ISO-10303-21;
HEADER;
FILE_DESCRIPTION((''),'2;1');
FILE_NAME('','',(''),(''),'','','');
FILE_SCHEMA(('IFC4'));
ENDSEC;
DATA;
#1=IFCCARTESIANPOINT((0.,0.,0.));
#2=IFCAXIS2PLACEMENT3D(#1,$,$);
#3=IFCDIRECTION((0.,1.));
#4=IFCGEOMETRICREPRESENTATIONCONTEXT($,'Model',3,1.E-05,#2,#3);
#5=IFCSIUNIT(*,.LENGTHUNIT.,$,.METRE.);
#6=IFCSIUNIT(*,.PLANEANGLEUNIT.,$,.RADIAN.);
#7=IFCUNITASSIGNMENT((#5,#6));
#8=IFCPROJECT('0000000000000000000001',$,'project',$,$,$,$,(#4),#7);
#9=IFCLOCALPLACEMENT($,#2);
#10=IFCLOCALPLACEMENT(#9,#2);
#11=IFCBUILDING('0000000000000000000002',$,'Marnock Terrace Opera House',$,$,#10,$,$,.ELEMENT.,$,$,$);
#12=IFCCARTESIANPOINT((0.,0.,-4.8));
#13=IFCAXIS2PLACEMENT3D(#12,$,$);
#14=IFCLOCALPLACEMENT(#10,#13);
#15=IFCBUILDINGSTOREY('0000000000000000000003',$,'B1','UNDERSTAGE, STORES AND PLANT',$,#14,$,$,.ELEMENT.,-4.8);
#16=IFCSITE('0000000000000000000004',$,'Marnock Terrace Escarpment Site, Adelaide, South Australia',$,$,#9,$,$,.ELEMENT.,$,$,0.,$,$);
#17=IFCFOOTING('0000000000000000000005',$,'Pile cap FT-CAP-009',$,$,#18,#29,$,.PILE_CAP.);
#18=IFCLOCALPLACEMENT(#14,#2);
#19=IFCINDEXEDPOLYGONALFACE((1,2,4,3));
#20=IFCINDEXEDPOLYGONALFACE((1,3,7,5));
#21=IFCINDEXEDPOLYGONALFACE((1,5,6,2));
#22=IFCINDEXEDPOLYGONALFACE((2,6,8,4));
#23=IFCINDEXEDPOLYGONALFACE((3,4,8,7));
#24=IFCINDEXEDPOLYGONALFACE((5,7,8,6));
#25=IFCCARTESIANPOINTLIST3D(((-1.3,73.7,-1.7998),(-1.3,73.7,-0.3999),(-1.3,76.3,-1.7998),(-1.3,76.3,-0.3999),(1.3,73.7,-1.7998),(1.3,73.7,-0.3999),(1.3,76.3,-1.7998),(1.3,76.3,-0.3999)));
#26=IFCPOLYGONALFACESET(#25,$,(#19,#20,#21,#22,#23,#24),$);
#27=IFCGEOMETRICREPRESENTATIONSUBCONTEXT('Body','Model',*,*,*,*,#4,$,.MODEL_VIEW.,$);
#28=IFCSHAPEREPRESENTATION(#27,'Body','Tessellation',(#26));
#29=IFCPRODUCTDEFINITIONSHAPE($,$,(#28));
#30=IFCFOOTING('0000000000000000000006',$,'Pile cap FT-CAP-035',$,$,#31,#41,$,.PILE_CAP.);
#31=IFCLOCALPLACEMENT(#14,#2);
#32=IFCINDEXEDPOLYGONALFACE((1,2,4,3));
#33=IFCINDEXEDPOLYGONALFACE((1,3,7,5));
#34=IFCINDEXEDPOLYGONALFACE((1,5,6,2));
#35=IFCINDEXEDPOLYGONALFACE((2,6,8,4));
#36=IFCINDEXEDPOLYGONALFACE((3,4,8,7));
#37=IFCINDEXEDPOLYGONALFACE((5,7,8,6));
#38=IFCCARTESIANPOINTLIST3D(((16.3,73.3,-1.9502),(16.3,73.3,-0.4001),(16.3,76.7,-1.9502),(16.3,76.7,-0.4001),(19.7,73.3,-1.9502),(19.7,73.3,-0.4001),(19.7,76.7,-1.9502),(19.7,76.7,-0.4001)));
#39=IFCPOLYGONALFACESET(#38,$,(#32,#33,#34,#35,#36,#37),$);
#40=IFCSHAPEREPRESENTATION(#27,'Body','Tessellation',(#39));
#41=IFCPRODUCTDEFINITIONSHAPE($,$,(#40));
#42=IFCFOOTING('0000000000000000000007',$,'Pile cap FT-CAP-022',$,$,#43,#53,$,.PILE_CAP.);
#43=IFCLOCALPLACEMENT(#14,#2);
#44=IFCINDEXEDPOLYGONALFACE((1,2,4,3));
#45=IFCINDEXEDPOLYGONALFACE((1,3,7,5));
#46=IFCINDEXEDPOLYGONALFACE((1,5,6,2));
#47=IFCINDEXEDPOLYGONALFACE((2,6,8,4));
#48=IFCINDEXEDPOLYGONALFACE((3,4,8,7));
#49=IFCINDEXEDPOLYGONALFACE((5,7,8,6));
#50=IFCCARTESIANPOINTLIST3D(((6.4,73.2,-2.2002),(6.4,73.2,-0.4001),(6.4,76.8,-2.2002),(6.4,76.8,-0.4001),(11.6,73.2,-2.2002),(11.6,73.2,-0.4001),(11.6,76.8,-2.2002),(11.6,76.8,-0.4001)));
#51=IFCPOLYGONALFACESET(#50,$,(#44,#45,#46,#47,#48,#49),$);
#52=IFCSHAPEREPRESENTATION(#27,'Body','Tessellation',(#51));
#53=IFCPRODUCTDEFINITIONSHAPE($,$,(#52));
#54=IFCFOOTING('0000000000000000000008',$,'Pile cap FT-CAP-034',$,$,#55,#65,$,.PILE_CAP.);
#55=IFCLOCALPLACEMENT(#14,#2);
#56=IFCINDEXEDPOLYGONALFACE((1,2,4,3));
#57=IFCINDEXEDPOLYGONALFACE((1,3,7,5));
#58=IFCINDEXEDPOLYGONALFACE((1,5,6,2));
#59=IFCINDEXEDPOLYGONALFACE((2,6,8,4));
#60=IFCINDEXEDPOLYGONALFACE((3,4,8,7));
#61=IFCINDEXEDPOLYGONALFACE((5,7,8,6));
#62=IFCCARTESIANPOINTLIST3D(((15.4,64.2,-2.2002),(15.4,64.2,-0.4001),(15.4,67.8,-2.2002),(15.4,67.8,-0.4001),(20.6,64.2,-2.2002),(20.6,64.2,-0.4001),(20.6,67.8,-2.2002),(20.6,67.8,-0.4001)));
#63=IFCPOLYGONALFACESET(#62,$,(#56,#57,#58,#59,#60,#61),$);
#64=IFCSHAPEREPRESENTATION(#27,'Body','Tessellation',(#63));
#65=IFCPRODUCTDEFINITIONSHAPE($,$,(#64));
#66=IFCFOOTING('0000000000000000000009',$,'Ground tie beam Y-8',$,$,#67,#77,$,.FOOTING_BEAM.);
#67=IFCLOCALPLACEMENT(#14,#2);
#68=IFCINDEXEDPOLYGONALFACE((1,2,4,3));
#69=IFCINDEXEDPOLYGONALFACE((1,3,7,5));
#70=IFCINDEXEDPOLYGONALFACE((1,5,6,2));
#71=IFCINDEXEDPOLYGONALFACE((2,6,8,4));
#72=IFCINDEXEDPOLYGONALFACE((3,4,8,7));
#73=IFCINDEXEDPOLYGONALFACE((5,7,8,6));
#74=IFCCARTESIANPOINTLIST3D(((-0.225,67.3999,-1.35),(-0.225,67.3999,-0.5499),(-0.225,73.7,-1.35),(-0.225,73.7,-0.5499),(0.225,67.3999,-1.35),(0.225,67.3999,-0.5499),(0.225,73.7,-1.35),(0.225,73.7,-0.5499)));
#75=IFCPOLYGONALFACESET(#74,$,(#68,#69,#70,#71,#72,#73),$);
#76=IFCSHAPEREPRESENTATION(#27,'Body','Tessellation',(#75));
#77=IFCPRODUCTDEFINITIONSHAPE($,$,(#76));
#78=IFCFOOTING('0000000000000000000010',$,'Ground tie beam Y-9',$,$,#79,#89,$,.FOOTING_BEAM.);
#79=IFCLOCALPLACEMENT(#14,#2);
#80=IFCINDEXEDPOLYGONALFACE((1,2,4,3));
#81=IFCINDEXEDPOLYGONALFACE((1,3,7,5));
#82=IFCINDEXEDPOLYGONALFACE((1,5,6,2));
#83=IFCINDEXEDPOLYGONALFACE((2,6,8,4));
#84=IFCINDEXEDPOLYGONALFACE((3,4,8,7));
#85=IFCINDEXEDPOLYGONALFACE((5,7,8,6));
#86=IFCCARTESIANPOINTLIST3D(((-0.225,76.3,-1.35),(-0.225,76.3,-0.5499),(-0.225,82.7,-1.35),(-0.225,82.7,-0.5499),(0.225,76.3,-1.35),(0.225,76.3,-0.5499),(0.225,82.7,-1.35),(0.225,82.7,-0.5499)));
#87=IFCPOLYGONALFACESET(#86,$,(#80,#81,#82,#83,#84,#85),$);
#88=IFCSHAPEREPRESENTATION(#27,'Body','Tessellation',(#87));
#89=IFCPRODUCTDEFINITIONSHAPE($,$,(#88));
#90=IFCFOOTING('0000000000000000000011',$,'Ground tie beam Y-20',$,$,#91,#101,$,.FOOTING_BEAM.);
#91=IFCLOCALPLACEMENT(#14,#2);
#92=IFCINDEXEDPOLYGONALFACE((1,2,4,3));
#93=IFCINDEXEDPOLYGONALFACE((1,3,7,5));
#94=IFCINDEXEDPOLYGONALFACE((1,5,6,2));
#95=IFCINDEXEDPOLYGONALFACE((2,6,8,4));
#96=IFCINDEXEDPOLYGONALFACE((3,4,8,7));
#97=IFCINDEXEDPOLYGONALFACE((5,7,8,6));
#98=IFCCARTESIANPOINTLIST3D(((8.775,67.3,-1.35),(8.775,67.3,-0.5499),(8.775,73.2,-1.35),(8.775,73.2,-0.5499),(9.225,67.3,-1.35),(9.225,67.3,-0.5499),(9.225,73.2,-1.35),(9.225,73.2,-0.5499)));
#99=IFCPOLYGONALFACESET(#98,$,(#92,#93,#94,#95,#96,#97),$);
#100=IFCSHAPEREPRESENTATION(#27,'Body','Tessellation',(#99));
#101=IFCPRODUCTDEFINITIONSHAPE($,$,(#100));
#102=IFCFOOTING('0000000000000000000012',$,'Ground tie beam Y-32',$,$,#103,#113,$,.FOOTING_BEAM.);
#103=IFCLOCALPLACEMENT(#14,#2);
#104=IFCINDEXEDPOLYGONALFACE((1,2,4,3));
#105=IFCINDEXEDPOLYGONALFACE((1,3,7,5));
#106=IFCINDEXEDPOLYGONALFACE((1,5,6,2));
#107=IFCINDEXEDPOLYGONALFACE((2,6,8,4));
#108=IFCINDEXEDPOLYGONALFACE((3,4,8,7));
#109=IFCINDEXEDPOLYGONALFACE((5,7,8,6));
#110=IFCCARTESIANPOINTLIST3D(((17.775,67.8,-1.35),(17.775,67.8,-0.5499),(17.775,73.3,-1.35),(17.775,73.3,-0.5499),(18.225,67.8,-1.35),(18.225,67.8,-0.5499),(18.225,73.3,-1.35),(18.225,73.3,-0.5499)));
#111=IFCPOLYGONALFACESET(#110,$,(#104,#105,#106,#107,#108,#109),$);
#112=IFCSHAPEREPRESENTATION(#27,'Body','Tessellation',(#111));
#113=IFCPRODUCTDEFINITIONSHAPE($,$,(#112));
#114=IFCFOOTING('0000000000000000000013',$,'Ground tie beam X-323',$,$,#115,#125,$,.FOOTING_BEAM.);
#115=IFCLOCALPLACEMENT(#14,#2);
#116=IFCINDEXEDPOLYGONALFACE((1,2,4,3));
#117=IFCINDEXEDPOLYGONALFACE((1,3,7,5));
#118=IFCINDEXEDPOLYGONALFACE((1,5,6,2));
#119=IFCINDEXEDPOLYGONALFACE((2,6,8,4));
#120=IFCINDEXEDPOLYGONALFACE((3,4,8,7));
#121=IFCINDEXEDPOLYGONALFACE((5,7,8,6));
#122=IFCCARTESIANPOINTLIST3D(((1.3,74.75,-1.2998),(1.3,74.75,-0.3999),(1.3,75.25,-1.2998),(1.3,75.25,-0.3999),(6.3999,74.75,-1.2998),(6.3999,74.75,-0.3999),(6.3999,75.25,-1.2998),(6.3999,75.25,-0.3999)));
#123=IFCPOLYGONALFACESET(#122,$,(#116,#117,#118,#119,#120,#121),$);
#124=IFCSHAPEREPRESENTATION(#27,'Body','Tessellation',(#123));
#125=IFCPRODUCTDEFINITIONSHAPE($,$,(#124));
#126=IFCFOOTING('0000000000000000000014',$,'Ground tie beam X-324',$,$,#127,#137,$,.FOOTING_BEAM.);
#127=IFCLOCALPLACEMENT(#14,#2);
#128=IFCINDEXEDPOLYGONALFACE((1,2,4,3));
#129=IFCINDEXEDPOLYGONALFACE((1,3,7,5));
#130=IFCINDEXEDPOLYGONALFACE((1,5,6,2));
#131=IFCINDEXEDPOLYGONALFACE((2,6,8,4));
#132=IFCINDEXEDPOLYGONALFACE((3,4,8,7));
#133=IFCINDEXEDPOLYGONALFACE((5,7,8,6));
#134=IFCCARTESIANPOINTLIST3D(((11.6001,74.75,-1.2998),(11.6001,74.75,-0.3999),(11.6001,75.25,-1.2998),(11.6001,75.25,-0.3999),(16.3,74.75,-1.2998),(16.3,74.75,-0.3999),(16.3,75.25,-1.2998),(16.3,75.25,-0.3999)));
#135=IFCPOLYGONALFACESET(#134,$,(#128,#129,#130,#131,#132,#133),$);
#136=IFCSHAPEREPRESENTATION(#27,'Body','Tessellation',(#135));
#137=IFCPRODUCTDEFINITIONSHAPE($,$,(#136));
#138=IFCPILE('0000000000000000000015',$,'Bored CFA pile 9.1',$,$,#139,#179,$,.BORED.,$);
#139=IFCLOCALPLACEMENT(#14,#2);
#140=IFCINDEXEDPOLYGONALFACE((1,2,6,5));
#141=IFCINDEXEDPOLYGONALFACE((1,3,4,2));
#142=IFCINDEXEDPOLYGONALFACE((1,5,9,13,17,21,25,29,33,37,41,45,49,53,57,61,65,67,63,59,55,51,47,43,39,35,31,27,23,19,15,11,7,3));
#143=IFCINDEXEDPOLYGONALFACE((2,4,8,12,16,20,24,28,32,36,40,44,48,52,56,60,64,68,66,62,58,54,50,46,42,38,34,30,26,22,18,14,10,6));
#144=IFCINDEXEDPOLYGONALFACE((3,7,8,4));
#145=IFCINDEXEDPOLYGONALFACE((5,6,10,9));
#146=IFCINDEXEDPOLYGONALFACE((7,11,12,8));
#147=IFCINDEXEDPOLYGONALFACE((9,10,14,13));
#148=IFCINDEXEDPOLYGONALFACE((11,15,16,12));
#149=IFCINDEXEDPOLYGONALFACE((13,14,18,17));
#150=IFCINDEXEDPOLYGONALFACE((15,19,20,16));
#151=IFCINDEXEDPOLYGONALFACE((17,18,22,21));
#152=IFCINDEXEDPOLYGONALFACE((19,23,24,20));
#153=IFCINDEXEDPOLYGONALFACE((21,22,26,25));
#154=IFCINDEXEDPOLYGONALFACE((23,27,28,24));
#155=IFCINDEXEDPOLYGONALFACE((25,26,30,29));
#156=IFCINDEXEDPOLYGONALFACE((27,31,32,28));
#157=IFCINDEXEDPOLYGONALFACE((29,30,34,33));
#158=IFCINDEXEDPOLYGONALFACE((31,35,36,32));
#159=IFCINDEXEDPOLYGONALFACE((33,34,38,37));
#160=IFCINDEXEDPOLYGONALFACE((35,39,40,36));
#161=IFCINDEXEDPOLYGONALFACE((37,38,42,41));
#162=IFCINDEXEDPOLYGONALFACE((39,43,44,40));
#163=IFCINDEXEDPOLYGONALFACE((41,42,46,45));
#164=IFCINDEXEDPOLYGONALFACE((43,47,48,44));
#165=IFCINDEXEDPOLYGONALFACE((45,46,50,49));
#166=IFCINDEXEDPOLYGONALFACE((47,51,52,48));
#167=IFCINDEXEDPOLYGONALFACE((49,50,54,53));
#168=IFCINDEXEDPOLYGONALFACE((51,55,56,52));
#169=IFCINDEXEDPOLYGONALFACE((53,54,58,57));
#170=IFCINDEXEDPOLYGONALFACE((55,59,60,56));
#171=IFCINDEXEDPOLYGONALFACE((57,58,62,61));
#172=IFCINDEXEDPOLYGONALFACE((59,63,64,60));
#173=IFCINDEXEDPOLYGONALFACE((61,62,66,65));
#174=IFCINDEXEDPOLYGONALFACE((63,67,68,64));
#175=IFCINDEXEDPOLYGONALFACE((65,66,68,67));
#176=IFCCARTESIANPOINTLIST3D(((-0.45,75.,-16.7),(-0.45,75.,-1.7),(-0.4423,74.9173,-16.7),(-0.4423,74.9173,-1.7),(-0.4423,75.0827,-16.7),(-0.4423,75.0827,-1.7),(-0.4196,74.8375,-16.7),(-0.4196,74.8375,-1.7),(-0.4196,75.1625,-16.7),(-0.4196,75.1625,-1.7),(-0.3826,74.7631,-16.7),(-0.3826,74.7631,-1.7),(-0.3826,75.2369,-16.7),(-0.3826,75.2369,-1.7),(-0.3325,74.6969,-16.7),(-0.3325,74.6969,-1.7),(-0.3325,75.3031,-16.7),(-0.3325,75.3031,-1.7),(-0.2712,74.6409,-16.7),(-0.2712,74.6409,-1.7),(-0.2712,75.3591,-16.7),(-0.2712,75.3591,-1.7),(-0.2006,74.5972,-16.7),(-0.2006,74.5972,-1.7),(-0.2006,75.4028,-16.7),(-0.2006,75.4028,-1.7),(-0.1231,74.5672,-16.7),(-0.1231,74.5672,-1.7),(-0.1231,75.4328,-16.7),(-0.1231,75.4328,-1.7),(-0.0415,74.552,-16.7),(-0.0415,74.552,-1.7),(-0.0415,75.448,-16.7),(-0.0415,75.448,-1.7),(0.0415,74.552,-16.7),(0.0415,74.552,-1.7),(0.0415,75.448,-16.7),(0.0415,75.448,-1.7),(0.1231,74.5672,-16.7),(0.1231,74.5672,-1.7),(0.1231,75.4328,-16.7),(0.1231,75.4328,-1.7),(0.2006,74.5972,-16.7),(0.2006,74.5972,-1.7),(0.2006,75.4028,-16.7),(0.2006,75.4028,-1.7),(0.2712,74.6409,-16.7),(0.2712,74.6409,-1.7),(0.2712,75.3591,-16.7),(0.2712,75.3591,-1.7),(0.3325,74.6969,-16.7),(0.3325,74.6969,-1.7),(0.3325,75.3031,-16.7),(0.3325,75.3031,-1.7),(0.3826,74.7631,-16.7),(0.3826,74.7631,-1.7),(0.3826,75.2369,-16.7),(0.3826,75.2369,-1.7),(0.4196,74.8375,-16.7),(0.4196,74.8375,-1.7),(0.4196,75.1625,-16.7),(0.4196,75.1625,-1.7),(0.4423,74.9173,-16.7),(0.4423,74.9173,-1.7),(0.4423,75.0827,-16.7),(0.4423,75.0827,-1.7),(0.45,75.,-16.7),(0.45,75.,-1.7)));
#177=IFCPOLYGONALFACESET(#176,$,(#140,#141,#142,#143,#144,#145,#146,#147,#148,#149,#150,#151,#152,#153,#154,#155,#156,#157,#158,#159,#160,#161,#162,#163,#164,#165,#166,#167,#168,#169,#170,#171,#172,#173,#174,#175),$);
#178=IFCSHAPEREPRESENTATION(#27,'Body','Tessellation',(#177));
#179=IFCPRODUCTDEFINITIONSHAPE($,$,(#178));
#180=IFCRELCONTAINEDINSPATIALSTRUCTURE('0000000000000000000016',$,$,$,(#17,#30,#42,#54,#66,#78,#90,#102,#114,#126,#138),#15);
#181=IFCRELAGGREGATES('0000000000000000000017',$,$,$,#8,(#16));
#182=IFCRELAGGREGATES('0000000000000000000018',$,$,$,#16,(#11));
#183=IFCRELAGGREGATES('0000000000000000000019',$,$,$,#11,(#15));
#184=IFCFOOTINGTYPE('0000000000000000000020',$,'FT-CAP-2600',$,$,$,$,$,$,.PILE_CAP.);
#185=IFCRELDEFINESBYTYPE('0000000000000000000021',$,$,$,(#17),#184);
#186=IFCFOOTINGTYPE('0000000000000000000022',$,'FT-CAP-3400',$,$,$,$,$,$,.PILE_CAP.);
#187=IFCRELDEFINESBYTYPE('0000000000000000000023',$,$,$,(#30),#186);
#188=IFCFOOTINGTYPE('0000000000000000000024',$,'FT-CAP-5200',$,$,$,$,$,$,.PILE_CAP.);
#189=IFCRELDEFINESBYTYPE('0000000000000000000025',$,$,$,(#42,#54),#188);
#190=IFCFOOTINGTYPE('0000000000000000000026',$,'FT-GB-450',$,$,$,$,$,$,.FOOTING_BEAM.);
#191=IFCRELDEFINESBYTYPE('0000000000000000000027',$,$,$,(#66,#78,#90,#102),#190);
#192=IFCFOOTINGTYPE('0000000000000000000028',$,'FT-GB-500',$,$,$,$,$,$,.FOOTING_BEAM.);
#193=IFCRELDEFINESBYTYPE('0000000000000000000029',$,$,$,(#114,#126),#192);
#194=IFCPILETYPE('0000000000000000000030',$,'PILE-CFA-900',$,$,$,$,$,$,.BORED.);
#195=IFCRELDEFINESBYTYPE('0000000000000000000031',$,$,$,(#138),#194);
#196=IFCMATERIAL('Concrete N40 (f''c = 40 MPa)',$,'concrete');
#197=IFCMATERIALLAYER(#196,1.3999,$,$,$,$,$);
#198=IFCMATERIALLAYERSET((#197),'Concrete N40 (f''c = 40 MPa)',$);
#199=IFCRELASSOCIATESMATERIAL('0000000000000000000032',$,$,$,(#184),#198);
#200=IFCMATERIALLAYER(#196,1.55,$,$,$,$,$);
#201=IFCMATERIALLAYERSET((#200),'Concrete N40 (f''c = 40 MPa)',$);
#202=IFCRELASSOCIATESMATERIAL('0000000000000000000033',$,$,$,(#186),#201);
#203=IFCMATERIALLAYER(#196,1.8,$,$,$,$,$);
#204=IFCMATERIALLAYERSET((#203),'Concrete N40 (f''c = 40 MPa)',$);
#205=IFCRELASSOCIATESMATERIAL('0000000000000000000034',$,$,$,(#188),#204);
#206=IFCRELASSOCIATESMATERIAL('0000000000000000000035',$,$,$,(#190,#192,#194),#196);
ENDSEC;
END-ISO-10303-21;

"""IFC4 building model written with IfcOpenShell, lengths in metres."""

from ifc_helpers import new_model, si_unit, direction, frame, origin, origin_2d, place, context, subcontext, project, spatial, rectangle, circle, extrude, material, layer, layer_set, material_profile, profile_set, type_object, element, save


model = new_model("IFC4")

# Units and contexts
model_context = context("Model", 3, precision=1e-05, world=origin(), true_north=direction((0.0, 1.0)))
body_context = subcontext(model_context, "Body", "Model", "MODEL_VIEW")
ifc_project = project(units=[si_unit("LENGTHUNIT", "METRE"), si_unit("PLANEANGLEUNIT", "RADIAN")], contexts=[model_context])

# Site, building, storey
site_placement = place(None, origin())
site = spatial("IfcSite", under=ifc_project, at=site_placement, Name="Marnock Terrace Escarpment Site, Adelaide, South Australia", CompositionType="ELEMENT", RefElevation=0.0)
building_placement = place(site_placement, origin())
building = spatial("IfcBuilding", under=site, at=building_placement, Name="Marnock Terrace Opera House", CompositionType="ELEMENT")
storey_placement = place(building_placement, frame((0.0, 0.0, -4.8)))
storey = spatial("IfcBuildingStorey", under=building, at=storey_placement, Name="B1", Description="UNDERSTAGE, STORES AND PLANT", CompositionType="ELEMENT", Elevation=-4.8)

# Footings
ifc_material_1 = material(Name="Concrete N40 (f'c = 40 MPa)", Category="concrete")
ifc_layer_1 = layer(ifc_material_1, 1.3999)
ifc_layer_set_1 = layer_set([ifc_layer_1], Name="Concrete N40 (f'c = 40 MPa)")
footing_type_1 = type_object("IfcFootingType", Name="FT-CAP-2600", PredefinedType="PILE_CAP", material=ifc_layer_set_1)
footing_1_placement = place(storey_placement, frame((0.0, 75.0, -1.7998), z_axis=(0.0, 0.0, 1.0), x_axis=(1.0, 0.0, 0.0)))
element("IfcFooting", 1, at=footing_1_placement, inside=storey, type_object=footing_type_1, Name="Pile cap FT-CAP-009", PredefinedType="PILE_CAP", context=body_context, shape_type="SweptSolid", body=[
    extrude(rectangle(XDim=2.6001, YDim=2.6001, at=origin_2d()), origin(), (0.0, 0.0, 1.0), 1.3999),
])
ifc_layer_2 = layer(ifc_material_1, 1.55)
ifc_layer_set_2 = layer_set([ifc_layer_2], Name="Concrete N40 (f'c = 40 MPa)")
footing_type_2 = type_object("IfcFootingType", Name="FT-CAP-3400", PredefinedType="PILE_CAP", material=ifc_layer_set_2)
footing_2_placement = place(storey_placement, frame((18.0, 75.0, -1.9502), z_axis=(0.0, 0.0, 1.0), x_axis=(1.0, 0.0, 0.0)))
element("IfcFooting", 2, at=footing_2_placement, inside=storey, type_object=footing_type_2, Name="Pile cap FT-CAP-035", PredefinedType="PILE_CAP", context=body_context, shape_type="SweptSolid", body=[
    extrude(rectangle(XDim=3.3999, YDim=3.3999, at=origin_2d()), origin(), (0.0, 0.0, 1.0), 1.55),
])
ifc_layer_3 = layer(ifc_material_1, 1.8)
ifc_layer_set_3 = layer_set([ifc_layer_3], Name="Concrete N40 (f'c = 40 MPa)")
footing_type_3 = type_object("IfcFootingType", Name="FT-CAP-5200", PredefinedType="PILE_CAP", material=ifc_layer_set_3)
for number, where, z_axis, x_axis, name in (
    (3, (9.0, 75.0, -2.2002), (0.0, 0.0, 1.0), (1.0, 0.0, 0.0), "Pile cap FT-CAP-022"),
    (4, (18.0, 66.0, -2.2002), (0.0, 0.0, 1.0), (1.0, 0.0, 0.0), "Pile cap FT-CAP-034"),
):
    element("IfcFooting", number, at=place(storey_placement, frame(where, z_axis=z_axis, x_axis=x_axis)), inside=storey, type_object=footing_type_3, Name=name, PredefinedType="PILE_CAP", context=body_context, shape_type="SweptSolid", body=[
        extrude(rectangle(XDim=5.2, YDim=3.6001, at=origin_2d()), origin(), (0.0, 0.0, 1.0), 1.8),
    ])
ifc_material_profile_1 = material_profile(ifc_material_1, rectangle(XDim=0.45, YDim=0.8, at=origin_2d()))
ifc_profile_set_1 = profile_set([ifc_material_profile_1], Name="Concrete N40 (f'c = 40 MPa)")
footing_type_4 = type_object("IfcFootingType", Name="FT-GB-450", PredefinedType="FOOTING_BEAM", material=ifc_profile_set_1)
footing_3_placement = place(storey_placement, frame((0.0, 67.3999, -0.95), z_axis=(0.0, 1.0, 0.0), x_axis=(-1.0, 0.0, 0.0)))
element("IfcFooting", 5, at=footing_3_placement, inside=storey, type_object=footing_type_4, Name="Ground tie beam Y-8", PredefinedType="FOOTING_BEAM", context=body_context, shape_type="SweptSolid", body=[
    extrude(rectangle(XDim=0.45, YDim=0.8, at=origin_2d()), origin(), (0.0, 0.0, 1.0), 6.3),
])
footing_4_placement = place(storey_placement, frame((0.0, 76.3, -0.95), z_axis=(0.0, 1.0, 0.0), x_axis=(-1.0, 0.0, 0.0)))
element("IfcFooting", 6, at=footing_4_placement, inside=storey, type_object=footing_type_4, Name="Ground tie beam Y-9", PredefinedType="FOOTING_BEAM", context=body_context, shape_type="SweptSolid", body=[
    extrude(rectangle(XDim=0.45, YDim=0.8, at=origin_2d()), origin(), (0.0, 0.0, 1.0), 6.3999),
])
footing_5_placement = place(storey_placement, frame((9.0, 67.3, -0.95), z_axis=(0.0, 1.0, 0.0), x_axis=(-1.0, 0.0, 0.0)))
element("IfcFooting", 7, at=footing_5_placement, inside=storey, type_object=footing_type_4, Name="Ground tie beam Y-20", PredefinedType="FOOTING_BEAM", context=body_context, shape_type="SweptSolid", body=[
    extrude(rectangle(XDim=0.45, YDim=0.8, at=origin_2d()), origin(), (0.0, 0.0, 1.0), 5.8999),
])
footing_6_placement = place(storey_placement, frame((18.0, 67.8, -0.95), z_axis=(0.0, 1.0, 0.0), x_axis=(-1.0, 0.0, 0.0)))
element("IfcFooting", 8, at=footing_6_placement, inside=storey, type_object=footing_type_4, Name="Ground tie beam Y-32", PredefinedType="FOOTING_BEAM", context=body_context, shape_type="SweptSolid", body=[
    extrude(rectangle(XDim=0.45, YDim=0.8, at=origin_2d()), origin(), (0.0, 0.0, 1.0), 5.5),
])
ifc_material_profile_2 = material_profile(ifc_material_1, rectangle(XDim=0.5, YDim=0.8999, at=origin_2d()))
ifc_profile_set_2 = profile_set([ifc_material_profile_2], Name="Concrete N40 (f'c = 40 MPa)")
footing_type_5 = type_object("IfcFootingType", Name="FT-GB-500", PredefinedType="FOOTING_BEAM", material=ifc_profile_set_2)
footing_7_placement = place(storey_placement, frame((1.3, 75.0, -0.8499), z_axis=(1.0, 0.0, 0.0), x_axis=(0.0, 1.0, 0.0)))
element("IfcFooting", 9, at=footing_7_placement, inside=storey, type_object=footing_type_5, Name="Ground tie beam X-323", PredefinedType="FOOTING_BEAM", context=body_context, shape_type="SweptSolid", body=[
    extrude(rectangle(XDim=0.5, YDim=0.8999, at=origin_2d()), origin(), (0.0, 0.0, 1.0), 5.0999),
])
footing_8_placement = place(storey_placement, frame((11.6001, 75.0, -0.8499), z_axis=(1.0, 0.0, 0.0), x_axis=(0.0, 1.0, 0.0)))
element("IfcFooting", 10, at=footing_8_placement, inside=storey, type_object=footing_type_5, Name="Ground tie beam X-324", PredefinedType="FOOTING_BEAM", context=body_context, shape_type="SweptSolid", body=[
    extrude(rectangle(XDim=0.5, YDim=0.8999, at=origin_2d()), origin(), (0.0, 0.0, 1.0), 4.7),
])

# Pile
ifc_material_profile_3 = material_profile(ifc_material_1, circle(Radius=0.45, at=origin_2d()))
ifc_profile_set_3 = profile_set([ifc_material_profile_3], Name="Concrete N40 (f'c = 40 MPa)")
pile_type = type_object("IfcPileType", Name="PILE-CFA-900", PredefinedType="BORED", material=ifc_profile_set_3)
pile_1_placement = place(storey_placement, frame((0.0, 75.0, -1.7), z_axis=(0.0, 0.0, -1.0), x_axis=(1.0, 0.0, 0.0)))
element("IfcPile", 11, at=pile_1_placement, inside=storey, type_object=pile_type, Name="Bored CFA pile 9.1", PredefinedType="BORED", context=body_context, shape_type="SweptSolid", body=[
    extrude(circle(Radius=0.45, at=origin_2d()), origin(), (0.0, 0.0, 1.0), 15.0),
])

save(model, "model.ifc")
